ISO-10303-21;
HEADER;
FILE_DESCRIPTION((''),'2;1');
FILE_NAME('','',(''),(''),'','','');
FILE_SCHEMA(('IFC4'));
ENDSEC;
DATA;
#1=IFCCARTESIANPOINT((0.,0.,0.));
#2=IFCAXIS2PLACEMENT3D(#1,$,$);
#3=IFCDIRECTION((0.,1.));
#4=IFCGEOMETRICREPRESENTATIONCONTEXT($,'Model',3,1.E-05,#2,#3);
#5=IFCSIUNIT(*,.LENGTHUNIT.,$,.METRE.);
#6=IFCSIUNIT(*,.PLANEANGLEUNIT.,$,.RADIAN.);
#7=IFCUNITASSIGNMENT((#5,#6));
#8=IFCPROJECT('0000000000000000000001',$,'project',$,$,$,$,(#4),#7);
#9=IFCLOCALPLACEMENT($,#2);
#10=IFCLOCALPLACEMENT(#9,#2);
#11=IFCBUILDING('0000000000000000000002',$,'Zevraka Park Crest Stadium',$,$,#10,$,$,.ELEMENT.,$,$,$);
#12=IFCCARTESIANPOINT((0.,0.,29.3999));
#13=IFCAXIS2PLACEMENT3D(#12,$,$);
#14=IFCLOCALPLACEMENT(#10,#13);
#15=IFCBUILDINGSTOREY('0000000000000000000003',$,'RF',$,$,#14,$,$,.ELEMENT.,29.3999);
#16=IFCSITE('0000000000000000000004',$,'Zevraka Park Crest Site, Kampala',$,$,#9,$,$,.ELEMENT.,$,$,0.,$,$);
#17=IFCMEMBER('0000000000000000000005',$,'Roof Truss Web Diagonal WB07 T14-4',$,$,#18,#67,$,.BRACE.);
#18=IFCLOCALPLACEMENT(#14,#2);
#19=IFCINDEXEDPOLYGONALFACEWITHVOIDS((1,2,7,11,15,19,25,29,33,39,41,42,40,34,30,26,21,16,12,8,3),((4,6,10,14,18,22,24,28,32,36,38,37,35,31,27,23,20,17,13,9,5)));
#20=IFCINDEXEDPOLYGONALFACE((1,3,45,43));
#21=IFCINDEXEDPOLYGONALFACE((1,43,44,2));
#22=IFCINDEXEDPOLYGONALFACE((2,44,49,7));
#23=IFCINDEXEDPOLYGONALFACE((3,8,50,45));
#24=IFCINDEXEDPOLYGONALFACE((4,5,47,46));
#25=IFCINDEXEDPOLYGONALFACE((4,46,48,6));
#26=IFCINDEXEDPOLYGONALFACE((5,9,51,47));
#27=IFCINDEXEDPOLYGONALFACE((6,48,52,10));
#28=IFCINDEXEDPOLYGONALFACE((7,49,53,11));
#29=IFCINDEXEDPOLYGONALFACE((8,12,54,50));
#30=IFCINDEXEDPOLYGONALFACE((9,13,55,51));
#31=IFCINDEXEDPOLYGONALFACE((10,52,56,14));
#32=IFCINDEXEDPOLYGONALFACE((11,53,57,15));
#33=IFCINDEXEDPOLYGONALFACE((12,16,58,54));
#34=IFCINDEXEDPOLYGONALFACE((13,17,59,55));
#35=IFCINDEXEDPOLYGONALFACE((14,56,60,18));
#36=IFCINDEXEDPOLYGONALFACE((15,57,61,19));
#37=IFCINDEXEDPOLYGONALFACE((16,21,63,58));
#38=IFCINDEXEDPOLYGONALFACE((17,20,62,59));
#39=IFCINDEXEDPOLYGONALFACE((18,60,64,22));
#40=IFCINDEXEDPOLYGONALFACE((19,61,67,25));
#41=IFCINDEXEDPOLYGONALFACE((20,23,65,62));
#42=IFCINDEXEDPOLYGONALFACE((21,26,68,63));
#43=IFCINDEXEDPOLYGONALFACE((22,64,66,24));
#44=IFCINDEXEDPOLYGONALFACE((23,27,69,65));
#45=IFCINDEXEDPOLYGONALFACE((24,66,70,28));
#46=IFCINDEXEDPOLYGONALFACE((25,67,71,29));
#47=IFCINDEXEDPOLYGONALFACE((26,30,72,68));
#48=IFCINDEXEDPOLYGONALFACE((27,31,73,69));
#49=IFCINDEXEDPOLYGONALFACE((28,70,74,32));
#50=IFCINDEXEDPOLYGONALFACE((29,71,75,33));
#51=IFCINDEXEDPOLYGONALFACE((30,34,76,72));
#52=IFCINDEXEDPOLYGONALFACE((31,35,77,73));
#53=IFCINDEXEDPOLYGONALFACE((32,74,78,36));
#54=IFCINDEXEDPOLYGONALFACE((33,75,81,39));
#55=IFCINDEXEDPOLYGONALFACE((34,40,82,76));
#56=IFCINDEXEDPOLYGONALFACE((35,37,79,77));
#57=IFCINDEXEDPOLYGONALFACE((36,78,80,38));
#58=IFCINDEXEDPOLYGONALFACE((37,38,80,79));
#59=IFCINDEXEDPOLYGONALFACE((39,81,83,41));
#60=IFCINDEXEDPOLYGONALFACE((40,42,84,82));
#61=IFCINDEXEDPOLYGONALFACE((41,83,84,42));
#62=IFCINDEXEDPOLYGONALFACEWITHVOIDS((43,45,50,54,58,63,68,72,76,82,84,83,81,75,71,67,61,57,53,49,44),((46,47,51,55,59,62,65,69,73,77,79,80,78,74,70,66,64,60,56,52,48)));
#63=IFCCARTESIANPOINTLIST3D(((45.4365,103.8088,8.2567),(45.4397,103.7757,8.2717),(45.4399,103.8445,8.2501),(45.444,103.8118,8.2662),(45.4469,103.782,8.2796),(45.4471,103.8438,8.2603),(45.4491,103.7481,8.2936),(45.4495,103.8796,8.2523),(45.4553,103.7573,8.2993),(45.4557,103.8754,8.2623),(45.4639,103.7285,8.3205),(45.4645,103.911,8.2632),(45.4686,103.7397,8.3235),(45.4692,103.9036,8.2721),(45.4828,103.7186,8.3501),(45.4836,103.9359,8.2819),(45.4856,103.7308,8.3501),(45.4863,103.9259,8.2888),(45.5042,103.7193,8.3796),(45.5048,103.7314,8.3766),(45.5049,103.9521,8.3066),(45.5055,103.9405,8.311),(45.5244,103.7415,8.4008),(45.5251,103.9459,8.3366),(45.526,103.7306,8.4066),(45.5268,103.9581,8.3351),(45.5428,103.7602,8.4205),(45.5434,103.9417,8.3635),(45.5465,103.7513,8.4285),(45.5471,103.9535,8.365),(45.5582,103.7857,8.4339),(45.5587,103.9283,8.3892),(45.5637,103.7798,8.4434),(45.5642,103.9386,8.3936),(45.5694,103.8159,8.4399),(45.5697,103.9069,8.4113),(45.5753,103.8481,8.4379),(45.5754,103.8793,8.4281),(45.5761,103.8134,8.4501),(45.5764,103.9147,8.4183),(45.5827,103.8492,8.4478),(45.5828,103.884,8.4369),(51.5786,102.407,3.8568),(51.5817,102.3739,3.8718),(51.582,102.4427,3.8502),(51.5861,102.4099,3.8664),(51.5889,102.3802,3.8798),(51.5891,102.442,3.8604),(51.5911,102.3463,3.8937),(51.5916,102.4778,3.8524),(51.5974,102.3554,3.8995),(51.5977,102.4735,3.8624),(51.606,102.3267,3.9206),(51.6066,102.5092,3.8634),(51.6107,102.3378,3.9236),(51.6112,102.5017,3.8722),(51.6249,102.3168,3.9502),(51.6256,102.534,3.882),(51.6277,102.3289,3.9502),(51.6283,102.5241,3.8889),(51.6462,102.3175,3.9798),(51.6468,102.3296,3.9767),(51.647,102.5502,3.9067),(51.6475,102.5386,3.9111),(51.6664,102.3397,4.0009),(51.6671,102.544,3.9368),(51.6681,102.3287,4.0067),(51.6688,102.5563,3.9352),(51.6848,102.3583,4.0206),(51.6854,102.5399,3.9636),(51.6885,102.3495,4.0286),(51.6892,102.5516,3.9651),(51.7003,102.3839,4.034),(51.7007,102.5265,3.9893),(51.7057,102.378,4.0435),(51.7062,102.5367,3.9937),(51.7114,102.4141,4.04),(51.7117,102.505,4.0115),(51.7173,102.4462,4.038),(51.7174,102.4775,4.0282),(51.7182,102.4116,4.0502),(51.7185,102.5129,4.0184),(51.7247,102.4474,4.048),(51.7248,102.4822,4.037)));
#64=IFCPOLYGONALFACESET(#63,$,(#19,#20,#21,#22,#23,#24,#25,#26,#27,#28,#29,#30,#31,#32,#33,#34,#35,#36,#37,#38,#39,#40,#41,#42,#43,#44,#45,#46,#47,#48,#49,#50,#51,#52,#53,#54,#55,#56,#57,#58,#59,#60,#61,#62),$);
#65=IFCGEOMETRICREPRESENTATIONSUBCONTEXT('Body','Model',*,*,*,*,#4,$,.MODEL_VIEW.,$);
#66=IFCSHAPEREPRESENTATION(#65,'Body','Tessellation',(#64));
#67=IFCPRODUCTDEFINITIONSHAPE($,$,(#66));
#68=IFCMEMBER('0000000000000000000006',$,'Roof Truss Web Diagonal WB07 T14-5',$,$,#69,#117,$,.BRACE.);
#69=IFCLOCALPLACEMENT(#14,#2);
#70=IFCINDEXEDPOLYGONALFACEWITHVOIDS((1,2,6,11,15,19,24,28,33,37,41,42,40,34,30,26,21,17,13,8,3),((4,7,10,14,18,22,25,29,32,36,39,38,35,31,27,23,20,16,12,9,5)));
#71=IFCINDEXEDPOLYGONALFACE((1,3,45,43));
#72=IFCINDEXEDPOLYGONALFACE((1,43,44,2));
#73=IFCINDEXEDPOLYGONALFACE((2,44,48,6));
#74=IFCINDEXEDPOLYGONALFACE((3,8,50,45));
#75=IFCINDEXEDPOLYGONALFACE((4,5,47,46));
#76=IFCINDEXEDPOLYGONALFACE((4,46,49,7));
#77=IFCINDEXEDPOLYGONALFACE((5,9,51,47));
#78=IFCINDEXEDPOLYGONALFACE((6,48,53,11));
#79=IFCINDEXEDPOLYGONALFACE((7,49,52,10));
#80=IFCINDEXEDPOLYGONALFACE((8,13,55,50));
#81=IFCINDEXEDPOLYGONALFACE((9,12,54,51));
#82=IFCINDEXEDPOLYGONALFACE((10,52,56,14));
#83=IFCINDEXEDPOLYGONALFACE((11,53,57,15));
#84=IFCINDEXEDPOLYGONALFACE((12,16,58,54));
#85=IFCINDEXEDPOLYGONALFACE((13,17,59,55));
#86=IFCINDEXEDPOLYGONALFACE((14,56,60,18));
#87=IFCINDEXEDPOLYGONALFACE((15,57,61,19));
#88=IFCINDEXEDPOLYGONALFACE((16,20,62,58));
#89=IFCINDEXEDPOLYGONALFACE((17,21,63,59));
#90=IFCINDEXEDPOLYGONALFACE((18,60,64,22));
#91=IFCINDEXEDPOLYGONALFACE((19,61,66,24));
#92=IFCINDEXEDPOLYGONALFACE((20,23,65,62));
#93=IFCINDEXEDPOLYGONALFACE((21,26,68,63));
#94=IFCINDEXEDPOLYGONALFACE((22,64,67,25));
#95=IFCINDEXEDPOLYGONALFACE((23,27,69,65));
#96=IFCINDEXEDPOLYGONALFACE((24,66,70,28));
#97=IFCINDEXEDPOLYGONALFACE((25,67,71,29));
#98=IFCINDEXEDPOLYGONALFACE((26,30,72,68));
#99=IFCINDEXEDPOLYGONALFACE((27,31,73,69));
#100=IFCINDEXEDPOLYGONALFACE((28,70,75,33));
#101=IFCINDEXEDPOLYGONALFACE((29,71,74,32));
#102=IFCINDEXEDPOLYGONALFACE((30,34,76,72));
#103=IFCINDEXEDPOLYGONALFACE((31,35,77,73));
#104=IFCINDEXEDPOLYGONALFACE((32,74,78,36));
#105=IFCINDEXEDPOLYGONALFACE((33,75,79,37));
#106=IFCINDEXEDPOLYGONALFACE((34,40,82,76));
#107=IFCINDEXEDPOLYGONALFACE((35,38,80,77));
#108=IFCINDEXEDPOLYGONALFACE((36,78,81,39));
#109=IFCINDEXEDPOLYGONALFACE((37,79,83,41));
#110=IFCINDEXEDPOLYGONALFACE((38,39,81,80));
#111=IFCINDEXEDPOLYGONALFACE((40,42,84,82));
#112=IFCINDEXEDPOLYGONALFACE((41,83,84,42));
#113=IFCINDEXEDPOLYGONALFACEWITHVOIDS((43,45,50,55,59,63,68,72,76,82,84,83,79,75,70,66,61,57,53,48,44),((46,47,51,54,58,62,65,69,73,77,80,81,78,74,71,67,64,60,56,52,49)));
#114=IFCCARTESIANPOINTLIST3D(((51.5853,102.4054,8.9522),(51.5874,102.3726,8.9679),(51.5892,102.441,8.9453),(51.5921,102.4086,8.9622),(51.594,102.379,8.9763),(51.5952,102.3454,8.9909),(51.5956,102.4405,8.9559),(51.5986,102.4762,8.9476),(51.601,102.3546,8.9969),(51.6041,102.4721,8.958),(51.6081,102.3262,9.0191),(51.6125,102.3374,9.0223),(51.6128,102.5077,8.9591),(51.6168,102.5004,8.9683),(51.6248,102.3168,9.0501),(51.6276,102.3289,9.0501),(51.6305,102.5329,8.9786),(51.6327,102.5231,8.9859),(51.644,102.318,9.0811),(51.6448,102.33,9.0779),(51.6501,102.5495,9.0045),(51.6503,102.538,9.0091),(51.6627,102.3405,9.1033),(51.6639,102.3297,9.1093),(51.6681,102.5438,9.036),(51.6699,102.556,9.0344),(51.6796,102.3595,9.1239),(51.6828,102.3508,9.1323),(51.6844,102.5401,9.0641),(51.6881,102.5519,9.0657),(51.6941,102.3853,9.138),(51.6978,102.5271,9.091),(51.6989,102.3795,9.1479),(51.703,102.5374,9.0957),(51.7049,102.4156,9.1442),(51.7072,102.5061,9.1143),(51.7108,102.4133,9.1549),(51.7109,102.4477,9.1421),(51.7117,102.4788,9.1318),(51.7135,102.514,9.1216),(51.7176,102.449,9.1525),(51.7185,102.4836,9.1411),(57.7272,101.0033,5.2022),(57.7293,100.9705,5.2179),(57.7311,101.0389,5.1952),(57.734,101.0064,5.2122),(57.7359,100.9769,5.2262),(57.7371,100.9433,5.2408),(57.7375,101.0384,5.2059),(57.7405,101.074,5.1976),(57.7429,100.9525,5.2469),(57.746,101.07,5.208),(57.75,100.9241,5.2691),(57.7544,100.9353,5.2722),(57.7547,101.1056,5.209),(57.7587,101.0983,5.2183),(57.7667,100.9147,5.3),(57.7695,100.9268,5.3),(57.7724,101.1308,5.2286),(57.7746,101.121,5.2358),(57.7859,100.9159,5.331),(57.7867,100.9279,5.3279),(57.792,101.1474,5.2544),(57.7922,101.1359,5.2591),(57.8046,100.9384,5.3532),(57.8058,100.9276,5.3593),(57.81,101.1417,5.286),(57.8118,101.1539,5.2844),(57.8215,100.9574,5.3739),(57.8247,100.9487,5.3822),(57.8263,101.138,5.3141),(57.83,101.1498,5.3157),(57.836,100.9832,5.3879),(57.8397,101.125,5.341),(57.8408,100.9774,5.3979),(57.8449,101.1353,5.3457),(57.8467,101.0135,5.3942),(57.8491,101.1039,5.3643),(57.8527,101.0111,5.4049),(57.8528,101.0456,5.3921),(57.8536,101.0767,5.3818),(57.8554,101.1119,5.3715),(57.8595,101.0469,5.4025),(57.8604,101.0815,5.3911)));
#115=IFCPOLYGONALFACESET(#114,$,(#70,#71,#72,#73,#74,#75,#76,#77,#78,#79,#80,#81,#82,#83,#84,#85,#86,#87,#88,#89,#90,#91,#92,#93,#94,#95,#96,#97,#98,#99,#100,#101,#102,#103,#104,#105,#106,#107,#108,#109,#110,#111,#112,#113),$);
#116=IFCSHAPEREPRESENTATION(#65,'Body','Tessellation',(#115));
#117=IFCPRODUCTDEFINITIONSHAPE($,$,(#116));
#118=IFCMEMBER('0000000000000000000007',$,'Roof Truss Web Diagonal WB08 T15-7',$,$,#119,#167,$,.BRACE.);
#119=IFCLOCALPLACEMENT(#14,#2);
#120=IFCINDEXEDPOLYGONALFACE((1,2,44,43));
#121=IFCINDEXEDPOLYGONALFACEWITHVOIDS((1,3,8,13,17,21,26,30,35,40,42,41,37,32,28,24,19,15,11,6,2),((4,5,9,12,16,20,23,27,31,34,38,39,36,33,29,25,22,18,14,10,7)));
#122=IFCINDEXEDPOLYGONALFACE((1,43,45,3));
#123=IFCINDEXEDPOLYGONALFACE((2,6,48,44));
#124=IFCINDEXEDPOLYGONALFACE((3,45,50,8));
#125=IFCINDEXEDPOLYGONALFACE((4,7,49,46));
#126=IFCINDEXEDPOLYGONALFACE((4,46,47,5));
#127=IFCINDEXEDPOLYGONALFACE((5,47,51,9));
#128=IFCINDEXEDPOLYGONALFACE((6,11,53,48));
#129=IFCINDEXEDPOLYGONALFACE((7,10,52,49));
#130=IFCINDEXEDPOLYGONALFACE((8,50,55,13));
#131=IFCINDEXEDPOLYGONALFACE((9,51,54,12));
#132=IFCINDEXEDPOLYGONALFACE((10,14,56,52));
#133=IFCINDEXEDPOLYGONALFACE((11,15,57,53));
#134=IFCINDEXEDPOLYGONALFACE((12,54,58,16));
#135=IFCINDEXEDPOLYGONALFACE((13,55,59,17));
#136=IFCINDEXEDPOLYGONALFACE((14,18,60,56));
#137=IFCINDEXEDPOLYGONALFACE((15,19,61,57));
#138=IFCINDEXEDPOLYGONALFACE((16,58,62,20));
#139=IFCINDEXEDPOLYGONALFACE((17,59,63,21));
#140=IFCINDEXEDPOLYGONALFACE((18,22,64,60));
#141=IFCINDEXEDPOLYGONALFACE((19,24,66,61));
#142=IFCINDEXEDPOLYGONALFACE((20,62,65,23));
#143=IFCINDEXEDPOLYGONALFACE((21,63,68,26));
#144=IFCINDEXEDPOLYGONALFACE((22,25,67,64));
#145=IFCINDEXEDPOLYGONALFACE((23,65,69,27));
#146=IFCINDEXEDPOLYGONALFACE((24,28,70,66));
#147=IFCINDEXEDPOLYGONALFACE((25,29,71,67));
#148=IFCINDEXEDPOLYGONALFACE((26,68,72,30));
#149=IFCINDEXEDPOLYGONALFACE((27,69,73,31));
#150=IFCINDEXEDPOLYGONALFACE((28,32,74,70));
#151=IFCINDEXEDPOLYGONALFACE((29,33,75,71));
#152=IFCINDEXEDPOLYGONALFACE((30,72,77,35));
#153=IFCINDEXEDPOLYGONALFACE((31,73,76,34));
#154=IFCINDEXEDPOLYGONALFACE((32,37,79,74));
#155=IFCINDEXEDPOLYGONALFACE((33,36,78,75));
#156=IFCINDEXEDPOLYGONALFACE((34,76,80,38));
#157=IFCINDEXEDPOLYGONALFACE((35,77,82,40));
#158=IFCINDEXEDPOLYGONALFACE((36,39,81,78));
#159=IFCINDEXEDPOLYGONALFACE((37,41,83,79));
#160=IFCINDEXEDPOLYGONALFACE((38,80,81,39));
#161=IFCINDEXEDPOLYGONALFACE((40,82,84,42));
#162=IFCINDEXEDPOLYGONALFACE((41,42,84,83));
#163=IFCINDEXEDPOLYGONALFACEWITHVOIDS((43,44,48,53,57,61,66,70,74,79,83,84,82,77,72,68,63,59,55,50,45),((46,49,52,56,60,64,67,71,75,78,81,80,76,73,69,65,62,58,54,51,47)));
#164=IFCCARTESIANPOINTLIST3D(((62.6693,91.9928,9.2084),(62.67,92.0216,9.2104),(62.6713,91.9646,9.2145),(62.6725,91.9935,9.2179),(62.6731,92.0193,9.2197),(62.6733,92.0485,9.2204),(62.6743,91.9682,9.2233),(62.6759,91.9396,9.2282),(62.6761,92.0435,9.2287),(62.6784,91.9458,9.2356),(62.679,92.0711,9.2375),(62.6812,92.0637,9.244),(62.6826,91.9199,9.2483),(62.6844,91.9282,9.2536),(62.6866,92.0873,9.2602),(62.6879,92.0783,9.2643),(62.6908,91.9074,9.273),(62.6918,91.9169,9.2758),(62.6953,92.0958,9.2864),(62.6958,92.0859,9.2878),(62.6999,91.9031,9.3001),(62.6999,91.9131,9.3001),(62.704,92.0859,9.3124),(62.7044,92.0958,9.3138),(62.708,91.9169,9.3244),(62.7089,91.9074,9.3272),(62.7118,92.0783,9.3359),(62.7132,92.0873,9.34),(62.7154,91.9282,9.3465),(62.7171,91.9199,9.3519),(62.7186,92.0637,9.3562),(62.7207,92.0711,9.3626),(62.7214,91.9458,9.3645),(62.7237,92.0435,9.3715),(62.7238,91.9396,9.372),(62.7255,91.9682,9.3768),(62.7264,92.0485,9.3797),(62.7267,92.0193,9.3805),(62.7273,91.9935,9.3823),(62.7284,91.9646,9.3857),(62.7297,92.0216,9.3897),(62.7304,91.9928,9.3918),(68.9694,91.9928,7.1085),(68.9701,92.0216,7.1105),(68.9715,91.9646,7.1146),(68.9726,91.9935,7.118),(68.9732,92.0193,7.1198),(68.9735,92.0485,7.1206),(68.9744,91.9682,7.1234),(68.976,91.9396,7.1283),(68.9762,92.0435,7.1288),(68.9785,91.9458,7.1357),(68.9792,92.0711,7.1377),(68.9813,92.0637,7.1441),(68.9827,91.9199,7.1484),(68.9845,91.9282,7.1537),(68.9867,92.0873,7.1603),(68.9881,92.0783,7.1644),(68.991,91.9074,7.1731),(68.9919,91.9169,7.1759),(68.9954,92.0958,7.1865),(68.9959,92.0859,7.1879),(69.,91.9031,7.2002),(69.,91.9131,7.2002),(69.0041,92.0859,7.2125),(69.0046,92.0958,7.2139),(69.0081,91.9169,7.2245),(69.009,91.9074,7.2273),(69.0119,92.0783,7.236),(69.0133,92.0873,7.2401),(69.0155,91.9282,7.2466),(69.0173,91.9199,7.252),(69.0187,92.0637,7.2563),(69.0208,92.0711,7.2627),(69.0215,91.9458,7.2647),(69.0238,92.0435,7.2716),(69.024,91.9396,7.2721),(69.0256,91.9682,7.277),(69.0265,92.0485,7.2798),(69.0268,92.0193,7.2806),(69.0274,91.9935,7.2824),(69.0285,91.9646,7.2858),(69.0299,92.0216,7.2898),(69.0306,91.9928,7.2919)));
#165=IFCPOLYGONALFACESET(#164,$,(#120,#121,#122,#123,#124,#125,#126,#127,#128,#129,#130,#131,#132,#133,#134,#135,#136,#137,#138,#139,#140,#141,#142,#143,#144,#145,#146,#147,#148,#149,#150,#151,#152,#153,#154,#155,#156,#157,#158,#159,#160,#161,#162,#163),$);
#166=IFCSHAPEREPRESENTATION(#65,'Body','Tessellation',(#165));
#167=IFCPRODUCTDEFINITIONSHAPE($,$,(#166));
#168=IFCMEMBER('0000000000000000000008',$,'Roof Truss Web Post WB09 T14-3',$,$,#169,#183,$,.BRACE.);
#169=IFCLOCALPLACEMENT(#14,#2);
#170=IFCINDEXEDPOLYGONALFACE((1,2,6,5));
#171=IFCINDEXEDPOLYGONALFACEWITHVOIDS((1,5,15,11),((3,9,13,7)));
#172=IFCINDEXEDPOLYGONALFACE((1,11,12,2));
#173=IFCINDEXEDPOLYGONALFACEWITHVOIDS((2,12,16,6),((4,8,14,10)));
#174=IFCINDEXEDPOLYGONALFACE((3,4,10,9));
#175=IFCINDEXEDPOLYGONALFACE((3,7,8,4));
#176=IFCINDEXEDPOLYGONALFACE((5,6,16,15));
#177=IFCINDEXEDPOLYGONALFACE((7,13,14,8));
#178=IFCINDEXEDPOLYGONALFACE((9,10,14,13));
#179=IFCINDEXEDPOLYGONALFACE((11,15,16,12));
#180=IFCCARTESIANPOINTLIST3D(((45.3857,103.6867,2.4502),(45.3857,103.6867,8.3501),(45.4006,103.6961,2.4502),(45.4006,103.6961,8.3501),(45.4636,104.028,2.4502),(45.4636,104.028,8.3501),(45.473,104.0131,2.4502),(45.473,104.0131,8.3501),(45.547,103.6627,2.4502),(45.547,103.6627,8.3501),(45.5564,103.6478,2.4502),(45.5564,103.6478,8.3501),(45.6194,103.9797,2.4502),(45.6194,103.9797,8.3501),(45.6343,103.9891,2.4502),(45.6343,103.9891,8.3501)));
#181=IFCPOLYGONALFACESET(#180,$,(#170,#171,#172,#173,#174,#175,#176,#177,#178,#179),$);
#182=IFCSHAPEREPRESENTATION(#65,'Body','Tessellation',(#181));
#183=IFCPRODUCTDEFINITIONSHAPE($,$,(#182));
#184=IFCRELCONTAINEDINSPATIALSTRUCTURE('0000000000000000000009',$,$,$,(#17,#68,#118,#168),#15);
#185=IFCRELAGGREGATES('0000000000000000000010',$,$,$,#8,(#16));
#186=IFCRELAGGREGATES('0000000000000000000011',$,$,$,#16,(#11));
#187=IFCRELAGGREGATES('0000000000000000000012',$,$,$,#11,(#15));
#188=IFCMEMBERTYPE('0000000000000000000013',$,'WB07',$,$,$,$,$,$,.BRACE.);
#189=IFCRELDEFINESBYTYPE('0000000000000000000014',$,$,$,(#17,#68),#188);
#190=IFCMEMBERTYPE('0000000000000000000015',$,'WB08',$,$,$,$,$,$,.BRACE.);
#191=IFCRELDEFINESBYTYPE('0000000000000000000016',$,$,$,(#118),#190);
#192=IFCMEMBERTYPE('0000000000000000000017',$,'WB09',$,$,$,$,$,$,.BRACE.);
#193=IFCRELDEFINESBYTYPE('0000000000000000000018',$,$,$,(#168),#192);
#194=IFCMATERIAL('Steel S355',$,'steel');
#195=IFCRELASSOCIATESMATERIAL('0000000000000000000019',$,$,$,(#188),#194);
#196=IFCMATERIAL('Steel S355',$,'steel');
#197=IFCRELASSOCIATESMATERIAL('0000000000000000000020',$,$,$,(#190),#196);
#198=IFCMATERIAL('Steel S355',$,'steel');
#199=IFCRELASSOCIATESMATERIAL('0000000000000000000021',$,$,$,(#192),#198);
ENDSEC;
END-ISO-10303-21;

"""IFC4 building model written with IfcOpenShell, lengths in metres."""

from ifc_helpers import new_model, si_unit, direction, frame, origin, origin_2d, place, context, subcontext, project, spatial, hollow_rectangle, hollow_circle, extrude, material, material_profile, profile_set, type_object, element, save


model = new_model("IFC4")

# Units and contexts
model_context = context("Model", 3, precision=1e-05, world=origin(), true_north=direction((0.0, 1.0)))
body_context = subcontext(model_context, "Body", "Model", "MODEL_VIEW")
ifc_project = project(units=[si_unit("LENGTHUNIT", "METRE"), si_unit("PLANEANGLEUNIT", "RADIAN")], contexts=[model_context])

# Site, building, storey
site_placement = place(None, origin())
site = spatial("IfcSite", under=ifc_project, at=site_placement, Name="Zevraka Park Crest Site, Kampala", CompositionType="ELEMENT", RefElevation=0.0)
building_placement = place(site_placement, origin())
building = spatial("IfcBuilding", under=site, at=building_placement, Name="Zevraka Park Crest Stadium", CompositionType="ELEMENT")
storey_placement = place(building_placement, frame((0.0, 0.0, 29.3999)))
storey = spatial("IfcBuildingStorey", under=building, at=storey_placement, Name="RF", CompositionType="ELEMENT", Elevation=29.3999)

# Members
ifc_material_1 = material(Name="Steel S355", Category="steel")
ifc_material_profile_1 = material_profile(ifc_material_1, hollow_circle(Radius=0.1223, WallThickness=0.0125, at=origin_2d()), Name="CHS 244.5x12.5")
ifc_profile_set_1 = profile_set([ifc_material_profile_1], Name="Steel S355")
member_type_1 = type_object("IfcMemberType", Name="WB07", PredefinedType="BRACE", material=ifc_profile_set_1)
member_1_placement = place(storey_placement, frame((51.6521, 102.436, 3.9502), z_axis=(-0.799296, 0.182429, 0.572578), x_axis=(-0.222515, -0.974929, 0.0)))
element("IfcMember", 1, at=member_1_placement, inside=storey, type_object=member_type_1, Name="Roof Truss Web Diagonal WB07 T14-4", PredefinedType="BRACE", context=body_context, shape_type="SweptSolid", body=[
    extrude(hollow_circle(Radius=0.1223, WallThickness=0.0125, at=origin_2d()), origin(), (0.0, 0.0, 1.0), 7.6843),
])
member_2_placement = place(storey_placement, frame((57.7939, 101.0339, 5.3), z_axis=(-0.837736, 0.191244, 0.511493), x_axis=(-0.222561, -0.974919, 0.0)))
element("IfcMember", 2, at=member_2_placement, inside=storey, type_object=member_type_1, Name="Roof Truss Web Diagonal WB07 T14-5", PredefinedType="BRACE", context=body_context, shape_type="SweptSolid", body=[
    extrude(hollow_circle(Radius=0.1223, WallThickness=0.0125, at=origin_2d()), origin(), (0.0, 0.0, 1.0), 7.3315),
])
ifc_material_2 = material(Name="Steel S355", Category="steel")
ifc_material_profile_2 = material_profile(ifc_material_2, hollow_circle(Radius=0.0969, WallThickness=0.01, at=origin_2d()), Name="CHS 193.7x10")
ifc_profile_set_2 = profile_set([ifc_material_profile_2], Name="Steel S355")
member_type_2 = type_object("IfcMemberType", Name="WB08", PredefinedType="BRACE", material=ifc_profile_set_2)
member_3_placement = place(storey_placement, frame((69.0, 92.0, 7.2002), z_axis=(-0.948691, 0.0, 0.316206), x_axis=(0.0, -1.0, 0.0)))
element("IfcMember", 3, at=member_3_placement, inside=storey, type_object=member_type_2, Name="Roof Truss Web Diagonal WB08 T15-7", PredefinedType="BRACE", context=body_context, shape_type="SweptSolid", body=[
    extrude(hollow_circle(Radius=0.0969, WallThickness=0.01, at=origin_2d()), origin(), (0.0, 0.0, 1.0), 6.6409),
])
ifc_material_3 = material(Name="Steel S355", Category="steel")
ifc_material_profile_3 = material_profile(ifc_material_3, hollow_rectangle(XDim=0.175, YDim=0.3501, WallThickness=0.0125, at=origin_2d()), Name="RHS 350x175x12.5")
ifc_profile_set_3 = profile_set([ifc_material_profile_3], Name="Steel S355")
member_type_3 = type_object("IfcMemberType", Name="WB09", PredefinedType="BRACE", material=ifc_profile_set_3)
member_4_placement = place(storey_placement, frame((45.51, 103.8379, 2.4502), z_axis=(0.0, 0.0, 1.0), x_axis=(-0.974917, 0.22257, 0.0)))
element("IfcMember", 4, at=member_4_placement, inside=storey, type_object=member_type_3, Name="Roof Truss Web Post WB09 T14-3", PredefinedType="BRACE", context=body_context, shape_type="SweptSolid", body=[
    extrude(hollow_rectangle(XDim=0.175, YDim=0.3501, WallThickness=0.0125, at=origin_2d()), origin(), (0.0, 0.0, 1.0), 5.8999),
])

save(model, "model.ifc")
